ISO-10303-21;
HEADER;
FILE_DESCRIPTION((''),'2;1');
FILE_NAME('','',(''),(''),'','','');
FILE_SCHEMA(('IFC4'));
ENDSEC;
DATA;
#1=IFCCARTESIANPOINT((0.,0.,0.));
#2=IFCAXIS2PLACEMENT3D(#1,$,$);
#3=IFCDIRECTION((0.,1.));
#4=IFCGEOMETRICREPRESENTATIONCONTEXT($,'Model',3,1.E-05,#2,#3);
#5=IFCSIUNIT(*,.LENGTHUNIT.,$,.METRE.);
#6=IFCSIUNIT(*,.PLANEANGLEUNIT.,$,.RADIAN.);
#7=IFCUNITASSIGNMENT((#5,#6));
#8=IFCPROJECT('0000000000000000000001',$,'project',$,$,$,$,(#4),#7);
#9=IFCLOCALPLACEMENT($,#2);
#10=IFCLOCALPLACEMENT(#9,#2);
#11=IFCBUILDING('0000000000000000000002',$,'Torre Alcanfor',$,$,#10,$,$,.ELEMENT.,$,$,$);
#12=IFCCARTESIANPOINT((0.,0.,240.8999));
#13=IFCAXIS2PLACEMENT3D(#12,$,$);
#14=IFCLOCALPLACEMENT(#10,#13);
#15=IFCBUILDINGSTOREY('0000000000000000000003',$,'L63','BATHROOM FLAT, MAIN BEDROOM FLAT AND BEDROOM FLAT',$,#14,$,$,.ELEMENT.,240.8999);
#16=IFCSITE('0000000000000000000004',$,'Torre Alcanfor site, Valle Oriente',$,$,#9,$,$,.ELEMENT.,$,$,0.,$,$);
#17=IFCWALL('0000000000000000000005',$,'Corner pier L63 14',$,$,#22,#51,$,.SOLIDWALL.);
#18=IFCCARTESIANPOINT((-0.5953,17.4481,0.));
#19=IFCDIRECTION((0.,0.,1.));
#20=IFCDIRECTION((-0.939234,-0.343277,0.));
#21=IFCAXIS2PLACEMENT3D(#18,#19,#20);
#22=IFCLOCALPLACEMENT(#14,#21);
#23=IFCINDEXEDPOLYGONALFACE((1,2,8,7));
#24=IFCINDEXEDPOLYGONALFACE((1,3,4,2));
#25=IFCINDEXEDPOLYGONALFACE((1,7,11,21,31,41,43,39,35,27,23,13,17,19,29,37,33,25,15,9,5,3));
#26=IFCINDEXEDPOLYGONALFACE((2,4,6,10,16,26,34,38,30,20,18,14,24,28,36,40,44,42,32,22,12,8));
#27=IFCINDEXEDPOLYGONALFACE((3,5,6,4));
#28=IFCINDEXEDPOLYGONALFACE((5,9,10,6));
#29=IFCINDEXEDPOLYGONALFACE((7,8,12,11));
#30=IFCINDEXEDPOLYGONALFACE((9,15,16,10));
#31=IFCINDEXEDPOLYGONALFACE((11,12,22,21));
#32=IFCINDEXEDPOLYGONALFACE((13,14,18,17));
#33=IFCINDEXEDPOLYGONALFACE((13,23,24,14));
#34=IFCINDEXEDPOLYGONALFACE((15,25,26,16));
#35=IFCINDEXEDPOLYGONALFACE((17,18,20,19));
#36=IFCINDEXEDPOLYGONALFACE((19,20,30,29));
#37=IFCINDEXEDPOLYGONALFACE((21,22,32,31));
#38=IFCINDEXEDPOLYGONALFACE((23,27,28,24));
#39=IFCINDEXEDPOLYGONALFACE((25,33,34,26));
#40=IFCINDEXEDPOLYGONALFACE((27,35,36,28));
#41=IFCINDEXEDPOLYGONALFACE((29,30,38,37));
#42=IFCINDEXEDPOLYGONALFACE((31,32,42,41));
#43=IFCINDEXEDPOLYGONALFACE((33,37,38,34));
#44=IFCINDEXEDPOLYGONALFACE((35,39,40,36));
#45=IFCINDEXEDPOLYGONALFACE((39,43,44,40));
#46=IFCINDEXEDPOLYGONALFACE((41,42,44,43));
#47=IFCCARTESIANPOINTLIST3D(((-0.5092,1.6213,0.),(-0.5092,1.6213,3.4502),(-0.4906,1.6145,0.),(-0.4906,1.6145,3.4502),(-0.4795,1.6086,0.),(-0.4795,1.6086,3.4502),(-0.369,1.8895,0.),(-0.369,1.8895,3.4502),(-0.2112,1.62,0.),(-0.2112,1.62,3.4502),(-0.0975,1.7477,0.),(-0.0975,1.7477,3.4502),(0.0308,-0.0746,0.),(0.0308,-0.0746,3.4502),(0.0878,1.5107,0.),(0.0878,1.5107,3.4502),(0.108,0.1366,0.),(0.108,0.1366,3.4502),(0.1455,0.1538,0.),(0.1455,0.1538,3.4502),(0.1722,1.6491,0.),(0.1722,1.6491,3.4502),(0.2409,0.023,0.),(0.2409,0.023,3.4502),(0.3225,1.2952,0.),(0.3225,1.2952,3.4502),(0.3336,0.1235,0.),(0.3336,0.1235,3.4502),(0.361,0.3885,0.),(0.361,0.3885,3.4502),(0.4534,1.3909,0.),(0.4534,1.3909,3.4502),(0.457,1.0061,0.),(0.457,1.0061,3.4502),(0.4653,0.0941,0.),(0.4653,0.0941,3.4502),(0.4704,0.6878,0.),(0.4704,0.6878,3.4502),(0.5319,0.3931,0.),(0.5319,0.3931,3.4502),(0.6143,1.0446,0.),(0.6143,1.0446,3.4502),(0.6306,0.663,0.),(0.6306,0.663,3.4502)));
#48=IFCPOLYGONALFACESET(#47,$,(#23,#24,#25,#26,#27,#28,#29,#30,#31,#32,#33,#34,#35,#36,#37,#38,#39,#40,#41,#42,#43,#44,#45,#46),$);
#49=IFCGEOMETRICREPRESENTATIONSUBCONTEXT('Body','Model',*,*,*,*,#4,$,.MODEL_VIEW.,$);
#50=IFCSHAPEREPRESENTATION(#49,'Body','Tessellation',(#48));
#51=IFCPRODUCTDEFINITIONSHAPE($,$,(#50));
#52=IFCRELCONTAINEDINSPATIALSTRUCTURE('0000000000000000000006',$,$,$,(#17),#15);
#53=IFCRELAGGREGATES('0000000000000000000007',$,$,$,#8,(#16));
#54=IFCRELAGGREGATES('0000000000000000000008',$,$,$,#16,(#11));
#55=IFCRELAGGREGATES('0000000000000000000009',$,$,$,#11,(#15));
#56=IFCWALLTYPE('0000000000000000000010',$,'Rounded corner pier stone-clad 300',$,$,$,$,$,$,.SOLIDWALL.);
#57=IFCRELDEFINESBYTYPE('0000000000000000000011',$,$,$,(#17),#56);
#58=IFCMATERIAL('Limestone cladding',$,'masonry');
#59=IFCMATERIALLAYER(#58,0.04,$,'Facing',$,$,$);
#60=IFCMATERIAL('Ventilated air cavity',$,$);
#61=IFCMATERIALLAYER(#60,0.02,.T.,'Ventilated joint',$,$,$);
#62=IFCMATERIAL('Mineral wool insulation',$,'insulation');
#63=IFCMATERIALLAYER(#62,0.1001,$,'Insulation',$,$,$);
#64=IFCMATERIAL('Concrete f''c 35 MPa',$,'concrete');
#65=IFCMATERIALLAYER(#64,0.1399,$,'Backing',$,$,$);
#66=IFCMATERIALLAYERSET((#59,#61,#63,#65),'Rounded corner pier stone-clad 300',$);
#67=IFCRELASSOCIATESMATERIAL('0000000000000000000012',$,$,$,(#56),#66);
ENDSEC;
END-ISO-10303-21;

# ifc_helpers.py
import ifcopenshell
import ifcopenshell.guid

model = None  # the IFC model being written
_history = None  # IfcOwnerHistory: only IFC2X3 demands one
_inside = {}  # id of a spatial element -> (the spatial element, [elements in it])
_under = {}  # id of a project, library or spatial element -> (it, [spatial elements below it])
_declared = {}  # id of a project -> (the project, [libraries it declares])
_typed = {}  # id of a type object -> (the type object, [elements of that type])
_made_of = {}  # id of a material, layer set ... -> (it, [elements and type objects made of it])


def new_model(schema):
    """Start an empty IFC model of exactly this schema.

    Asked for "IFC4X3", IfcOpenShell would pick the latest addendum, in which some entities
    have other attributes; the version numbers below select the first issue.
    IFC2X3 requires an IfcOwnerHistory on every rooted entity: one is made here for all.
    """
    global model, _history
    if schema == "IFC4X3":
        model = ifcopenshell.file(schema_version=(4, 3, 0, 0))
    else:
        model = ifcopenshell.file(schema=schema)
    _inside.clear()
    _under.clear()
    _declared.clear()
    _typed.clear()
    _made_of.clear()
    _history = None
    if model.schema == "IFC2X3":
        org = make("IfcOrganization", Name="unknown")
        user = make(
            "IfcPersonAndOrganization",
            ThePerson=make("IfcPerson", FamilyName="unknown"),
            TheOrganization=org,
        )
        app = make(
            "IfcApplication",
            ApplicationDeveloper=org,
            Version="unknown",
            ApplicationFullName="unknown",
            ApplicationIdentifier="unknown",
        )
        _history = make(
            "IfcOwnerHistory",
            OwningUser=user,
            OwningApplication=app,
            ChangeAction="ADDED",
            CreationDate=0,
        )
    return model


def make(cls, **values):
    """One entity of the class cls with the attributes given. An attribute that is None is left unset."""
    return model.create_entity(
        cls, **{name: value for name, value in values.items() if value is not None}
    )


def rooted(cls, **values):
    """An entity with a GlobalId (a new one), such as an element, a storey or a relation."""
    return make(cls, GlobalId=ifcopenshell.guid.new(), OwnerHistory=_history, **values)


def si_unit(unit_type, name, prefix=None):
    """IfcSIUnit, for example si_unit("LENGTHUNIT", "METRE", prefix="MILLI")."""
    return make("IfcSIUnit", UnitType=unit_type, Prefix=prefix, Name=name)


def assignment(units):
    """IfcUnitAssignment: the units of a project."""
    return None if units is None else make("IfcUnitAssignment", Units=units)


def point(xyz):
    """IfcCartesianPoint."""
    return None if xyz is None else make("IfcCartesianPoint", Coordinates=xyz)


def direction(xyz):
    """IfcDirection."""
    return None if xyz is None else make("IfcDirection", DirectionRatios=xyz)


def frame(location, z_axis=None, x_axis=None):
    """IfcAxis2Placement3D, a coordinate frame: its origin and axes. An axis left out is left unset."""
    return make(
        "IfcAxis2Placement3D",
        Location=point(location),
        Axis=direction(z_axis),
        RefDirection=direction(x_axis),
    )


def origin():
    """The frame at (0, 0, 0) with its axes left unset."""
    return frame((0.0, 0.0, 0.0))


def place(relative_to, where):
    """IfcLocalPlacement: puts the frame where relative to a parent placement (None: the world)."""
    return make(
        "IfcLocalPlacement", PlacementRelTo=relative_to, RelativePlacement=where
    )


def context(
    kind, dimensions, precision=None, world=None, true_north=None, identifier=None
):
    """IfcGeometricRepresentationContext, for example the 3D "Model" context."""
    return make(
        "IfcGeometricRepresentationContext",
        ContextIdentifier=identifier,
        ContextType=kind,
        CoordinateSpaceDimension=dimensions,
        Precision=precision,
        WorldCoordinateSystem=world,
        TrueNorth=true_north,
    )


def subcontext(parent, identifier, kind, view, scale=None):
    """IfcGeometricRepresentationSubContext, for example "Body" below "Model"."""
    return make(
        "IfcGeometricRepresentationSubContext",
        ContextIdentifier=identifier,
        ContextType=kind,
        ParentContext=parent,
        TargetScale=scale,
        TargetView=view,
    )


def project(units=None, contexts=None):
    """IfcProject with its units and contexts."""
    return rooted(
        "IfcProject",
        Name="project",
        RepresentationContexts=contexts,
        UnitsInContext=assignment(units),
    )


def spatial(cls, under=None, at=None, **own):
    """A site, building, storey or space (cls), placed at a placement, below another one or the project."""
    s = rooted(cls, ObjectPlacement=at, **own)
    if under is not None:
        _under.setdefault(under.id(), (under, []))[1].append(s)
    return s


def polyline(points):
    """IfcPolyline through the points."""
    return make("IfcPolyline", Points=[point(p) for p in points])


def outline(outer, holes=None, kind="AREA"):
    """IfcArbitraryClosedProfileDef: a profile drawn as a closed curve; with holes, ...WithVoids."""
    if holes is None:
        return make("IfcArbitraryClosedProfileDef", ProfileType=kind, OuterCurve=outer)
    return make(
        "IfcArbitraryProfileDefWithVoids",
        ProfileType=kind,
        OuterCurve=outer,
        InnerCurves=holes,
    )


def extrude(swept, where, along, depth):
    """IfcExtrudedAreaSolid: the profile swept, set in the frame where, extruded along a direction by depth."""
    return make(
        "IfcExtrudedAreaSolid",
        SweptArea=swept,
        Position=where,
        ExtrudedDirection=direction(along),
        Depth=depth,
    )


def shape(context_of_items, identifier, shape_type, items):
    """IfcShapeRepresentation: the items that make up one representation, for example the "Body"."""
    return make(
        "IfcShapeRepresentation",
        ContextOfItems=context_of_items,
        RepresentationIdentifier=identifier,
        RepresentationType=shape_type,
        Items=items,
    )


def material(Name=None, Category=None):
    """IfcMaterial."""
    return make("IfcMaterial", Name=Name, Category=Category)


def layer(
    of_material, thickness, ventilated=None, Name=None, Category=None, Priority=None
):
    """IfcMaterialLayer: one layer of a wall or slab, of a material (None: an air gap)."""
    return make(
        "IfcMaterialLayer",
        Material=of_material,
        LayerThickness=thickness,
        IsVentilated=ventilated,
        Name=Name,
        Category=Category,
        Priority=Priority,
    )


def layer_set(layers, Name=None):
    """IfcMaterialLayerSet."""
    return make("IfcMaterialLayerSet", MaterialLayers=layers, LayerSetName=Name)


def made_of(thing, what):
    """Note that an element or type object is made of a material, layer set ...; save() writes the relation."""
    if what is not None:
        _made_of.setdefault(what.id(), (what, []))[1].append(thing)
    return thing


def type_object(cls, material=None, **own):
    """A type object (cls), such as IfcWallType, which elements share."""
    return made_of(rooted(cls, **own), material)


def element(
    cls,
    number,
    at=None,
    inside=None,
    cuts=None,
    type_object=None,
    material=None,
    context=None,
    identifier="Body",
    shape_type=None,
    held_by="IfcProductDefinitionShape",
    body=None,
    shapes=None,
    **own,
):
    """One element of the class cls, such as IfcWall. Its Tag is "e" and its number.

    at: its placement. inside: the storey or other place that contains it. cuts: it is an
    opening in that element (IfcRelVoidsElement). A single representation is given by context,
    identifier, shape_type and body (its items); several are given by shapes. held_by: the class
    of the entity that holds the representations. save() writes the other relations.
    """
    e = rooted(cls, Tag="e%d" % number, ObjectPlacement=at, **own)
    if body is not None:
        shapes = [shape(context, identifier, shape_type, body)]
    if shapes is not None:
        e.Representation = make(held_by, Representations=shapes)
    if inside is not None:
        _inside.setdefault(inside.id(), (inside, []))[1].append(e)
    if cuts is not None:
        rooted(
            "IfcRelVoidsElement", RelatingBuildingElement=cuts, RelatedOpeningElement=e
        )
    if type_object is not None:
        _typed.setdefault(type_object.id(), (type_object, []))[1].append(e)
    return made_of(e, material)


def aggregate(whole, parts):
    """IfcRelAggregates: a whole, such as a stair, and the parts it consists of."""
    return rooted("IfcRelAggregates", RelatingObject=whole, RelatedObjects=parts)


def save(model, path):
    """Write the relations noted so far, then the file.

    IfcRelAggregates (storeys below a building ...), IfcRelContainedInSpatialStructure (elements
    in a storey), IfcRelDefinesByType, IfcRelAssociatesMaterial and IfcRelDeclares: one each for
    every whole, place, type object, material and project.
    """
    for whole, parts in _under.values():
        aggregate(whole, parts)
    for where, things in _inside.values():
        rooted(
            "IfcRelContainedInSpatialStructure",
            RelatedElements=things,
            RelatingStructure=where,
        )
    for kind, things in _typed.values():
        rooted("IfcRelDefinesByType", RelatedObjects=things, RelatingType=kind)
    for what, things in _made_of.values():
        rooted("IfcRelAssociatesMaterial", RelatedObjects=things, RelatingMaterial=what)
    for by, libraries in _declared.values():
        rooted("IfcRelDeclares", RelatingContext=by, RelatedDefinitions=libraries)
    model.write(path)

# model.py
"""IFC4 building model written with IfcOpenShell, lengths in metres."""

from ifc_helpers import new_model, si_unit, direction, frame, origin, place, context, subcontext, project, spatial, polyline, outline, extrude, material, layer, layer_set, type_object, element, save


model = new_model("IFC4")

# Units and contexts
model_context = context("Model", 3, precision=1e-05, world=origin(), true_north=direction((0.0, 1.0)))
body_context = subcontext(model_context, "Body", "Model", "MODEL_VIEW")
ifc_project = project(units=[si_unit("LENGTHUNIT", "METRE"), si_unit("PLANEANGLEUNIT", "RADIAN")], contexts=[model_context])

# Site, building, storey
site_placement = place(None, origin())
site = spatial("IfcSite", under=ifc_project, at=site_placement, Name="Torre Alcanfor site, Valle Oriente", CompositionType="ELEMENT", RefElevation=0.0)
building_placement = place(site_placement, origin())
building = spatial("IfcBuilding", under=site, at=building_placement, Name="Torre Alcanfor", CompositionType="ELEMENT")
storey_placement = place(building_placement, frame((0.0, 0.0, 240.8999)))
storey = spatial("IfcBuildingStorey", under=building, at=storey_placement, Name="L63", Description="BATHROOM FLAT, MAIN BEDROOM FLAT AND BEDROOM FLAT", CompositionType="ELEMENT", Elevation=240.8999)

# Wall
ifc_material_1 = material(Name="Limestone cladding", Category="masonry")
ifc_layer_1 = layer(ifc_material_1, 0.04, Name="Facing")
ifc_material_2 = material(Name="Ventilated air cavity")
ifc_layer_2 = layer(ifc_material_2, 0.02, ventilated=True, Name="Ventilated joint")
ifc_material_3 = material(Name="Mineral wool insulation", Category="insulation")
ifc_layer_3 = layer(ifc_material_3, 0.1001, Name="Insulation")
ifc_material_4 = material(Name="Concrete f'c 35 MPa", Category="concrete")
ifc_layer_4 = layer(ifc_material_4, 0.1399, Name="Backing")
ifc_layer_set_1 = layer_set([ifc_layer_1, ifc_layer_2, ifc_layer_3, ifc_layer_4], Name="Rounded corner pier stone-clad 300")
wall_type_1 = type_object("IfcWallType", Name="Rounded corner pier stone-clad 300", PredefinedType="SOLIDWALL", material=ifc_layer_set_1)
wall_1_placement = place(storey_placement, frame((-0.5953, 17.4481, 0.0), z_axis=(0.0, 0.0, 1.0), x_axis=(-0.939234, -0.343277, 0.0)))
element("IfcWall", 1, at=wall_1_placement, inside=storey, type_object=wall_type_1, Name="Corner pier L63 14", PredefinedType="SOLIDWALL", context=body_context, shape_type="SweptSolid", body=[
    extrude(outline(polyline([(-0.369, 1.8895), (-0.5092, 1.6213), (-0.4906, 1.6145), (-0.4795, 1.6086), (-0.2112, 1.62), (0.0878, 1.5107), (0.3225, 1.2952), (0.457, 1.0061), (0.4704, 0.6878), (0.361, 0.3885), (0.1455, 0.1538), (0.108, 0.1366), (0.0308, -0.0746), (0.2409, 0.023), (0.3336, 0.1235), (0.4653, 0.0941), (0.5319, 0.3931), (0.6306, 0.663), (0.6143, 1.0446), (0.4534, 1.3909), (0.1722, 1.6491), (-0.0975, 1.7477), (-0.369, 1.8895)])), origin(), (0.0, 0.0, 1.0), 3.4502),
])

save(model, "model.ifc")
